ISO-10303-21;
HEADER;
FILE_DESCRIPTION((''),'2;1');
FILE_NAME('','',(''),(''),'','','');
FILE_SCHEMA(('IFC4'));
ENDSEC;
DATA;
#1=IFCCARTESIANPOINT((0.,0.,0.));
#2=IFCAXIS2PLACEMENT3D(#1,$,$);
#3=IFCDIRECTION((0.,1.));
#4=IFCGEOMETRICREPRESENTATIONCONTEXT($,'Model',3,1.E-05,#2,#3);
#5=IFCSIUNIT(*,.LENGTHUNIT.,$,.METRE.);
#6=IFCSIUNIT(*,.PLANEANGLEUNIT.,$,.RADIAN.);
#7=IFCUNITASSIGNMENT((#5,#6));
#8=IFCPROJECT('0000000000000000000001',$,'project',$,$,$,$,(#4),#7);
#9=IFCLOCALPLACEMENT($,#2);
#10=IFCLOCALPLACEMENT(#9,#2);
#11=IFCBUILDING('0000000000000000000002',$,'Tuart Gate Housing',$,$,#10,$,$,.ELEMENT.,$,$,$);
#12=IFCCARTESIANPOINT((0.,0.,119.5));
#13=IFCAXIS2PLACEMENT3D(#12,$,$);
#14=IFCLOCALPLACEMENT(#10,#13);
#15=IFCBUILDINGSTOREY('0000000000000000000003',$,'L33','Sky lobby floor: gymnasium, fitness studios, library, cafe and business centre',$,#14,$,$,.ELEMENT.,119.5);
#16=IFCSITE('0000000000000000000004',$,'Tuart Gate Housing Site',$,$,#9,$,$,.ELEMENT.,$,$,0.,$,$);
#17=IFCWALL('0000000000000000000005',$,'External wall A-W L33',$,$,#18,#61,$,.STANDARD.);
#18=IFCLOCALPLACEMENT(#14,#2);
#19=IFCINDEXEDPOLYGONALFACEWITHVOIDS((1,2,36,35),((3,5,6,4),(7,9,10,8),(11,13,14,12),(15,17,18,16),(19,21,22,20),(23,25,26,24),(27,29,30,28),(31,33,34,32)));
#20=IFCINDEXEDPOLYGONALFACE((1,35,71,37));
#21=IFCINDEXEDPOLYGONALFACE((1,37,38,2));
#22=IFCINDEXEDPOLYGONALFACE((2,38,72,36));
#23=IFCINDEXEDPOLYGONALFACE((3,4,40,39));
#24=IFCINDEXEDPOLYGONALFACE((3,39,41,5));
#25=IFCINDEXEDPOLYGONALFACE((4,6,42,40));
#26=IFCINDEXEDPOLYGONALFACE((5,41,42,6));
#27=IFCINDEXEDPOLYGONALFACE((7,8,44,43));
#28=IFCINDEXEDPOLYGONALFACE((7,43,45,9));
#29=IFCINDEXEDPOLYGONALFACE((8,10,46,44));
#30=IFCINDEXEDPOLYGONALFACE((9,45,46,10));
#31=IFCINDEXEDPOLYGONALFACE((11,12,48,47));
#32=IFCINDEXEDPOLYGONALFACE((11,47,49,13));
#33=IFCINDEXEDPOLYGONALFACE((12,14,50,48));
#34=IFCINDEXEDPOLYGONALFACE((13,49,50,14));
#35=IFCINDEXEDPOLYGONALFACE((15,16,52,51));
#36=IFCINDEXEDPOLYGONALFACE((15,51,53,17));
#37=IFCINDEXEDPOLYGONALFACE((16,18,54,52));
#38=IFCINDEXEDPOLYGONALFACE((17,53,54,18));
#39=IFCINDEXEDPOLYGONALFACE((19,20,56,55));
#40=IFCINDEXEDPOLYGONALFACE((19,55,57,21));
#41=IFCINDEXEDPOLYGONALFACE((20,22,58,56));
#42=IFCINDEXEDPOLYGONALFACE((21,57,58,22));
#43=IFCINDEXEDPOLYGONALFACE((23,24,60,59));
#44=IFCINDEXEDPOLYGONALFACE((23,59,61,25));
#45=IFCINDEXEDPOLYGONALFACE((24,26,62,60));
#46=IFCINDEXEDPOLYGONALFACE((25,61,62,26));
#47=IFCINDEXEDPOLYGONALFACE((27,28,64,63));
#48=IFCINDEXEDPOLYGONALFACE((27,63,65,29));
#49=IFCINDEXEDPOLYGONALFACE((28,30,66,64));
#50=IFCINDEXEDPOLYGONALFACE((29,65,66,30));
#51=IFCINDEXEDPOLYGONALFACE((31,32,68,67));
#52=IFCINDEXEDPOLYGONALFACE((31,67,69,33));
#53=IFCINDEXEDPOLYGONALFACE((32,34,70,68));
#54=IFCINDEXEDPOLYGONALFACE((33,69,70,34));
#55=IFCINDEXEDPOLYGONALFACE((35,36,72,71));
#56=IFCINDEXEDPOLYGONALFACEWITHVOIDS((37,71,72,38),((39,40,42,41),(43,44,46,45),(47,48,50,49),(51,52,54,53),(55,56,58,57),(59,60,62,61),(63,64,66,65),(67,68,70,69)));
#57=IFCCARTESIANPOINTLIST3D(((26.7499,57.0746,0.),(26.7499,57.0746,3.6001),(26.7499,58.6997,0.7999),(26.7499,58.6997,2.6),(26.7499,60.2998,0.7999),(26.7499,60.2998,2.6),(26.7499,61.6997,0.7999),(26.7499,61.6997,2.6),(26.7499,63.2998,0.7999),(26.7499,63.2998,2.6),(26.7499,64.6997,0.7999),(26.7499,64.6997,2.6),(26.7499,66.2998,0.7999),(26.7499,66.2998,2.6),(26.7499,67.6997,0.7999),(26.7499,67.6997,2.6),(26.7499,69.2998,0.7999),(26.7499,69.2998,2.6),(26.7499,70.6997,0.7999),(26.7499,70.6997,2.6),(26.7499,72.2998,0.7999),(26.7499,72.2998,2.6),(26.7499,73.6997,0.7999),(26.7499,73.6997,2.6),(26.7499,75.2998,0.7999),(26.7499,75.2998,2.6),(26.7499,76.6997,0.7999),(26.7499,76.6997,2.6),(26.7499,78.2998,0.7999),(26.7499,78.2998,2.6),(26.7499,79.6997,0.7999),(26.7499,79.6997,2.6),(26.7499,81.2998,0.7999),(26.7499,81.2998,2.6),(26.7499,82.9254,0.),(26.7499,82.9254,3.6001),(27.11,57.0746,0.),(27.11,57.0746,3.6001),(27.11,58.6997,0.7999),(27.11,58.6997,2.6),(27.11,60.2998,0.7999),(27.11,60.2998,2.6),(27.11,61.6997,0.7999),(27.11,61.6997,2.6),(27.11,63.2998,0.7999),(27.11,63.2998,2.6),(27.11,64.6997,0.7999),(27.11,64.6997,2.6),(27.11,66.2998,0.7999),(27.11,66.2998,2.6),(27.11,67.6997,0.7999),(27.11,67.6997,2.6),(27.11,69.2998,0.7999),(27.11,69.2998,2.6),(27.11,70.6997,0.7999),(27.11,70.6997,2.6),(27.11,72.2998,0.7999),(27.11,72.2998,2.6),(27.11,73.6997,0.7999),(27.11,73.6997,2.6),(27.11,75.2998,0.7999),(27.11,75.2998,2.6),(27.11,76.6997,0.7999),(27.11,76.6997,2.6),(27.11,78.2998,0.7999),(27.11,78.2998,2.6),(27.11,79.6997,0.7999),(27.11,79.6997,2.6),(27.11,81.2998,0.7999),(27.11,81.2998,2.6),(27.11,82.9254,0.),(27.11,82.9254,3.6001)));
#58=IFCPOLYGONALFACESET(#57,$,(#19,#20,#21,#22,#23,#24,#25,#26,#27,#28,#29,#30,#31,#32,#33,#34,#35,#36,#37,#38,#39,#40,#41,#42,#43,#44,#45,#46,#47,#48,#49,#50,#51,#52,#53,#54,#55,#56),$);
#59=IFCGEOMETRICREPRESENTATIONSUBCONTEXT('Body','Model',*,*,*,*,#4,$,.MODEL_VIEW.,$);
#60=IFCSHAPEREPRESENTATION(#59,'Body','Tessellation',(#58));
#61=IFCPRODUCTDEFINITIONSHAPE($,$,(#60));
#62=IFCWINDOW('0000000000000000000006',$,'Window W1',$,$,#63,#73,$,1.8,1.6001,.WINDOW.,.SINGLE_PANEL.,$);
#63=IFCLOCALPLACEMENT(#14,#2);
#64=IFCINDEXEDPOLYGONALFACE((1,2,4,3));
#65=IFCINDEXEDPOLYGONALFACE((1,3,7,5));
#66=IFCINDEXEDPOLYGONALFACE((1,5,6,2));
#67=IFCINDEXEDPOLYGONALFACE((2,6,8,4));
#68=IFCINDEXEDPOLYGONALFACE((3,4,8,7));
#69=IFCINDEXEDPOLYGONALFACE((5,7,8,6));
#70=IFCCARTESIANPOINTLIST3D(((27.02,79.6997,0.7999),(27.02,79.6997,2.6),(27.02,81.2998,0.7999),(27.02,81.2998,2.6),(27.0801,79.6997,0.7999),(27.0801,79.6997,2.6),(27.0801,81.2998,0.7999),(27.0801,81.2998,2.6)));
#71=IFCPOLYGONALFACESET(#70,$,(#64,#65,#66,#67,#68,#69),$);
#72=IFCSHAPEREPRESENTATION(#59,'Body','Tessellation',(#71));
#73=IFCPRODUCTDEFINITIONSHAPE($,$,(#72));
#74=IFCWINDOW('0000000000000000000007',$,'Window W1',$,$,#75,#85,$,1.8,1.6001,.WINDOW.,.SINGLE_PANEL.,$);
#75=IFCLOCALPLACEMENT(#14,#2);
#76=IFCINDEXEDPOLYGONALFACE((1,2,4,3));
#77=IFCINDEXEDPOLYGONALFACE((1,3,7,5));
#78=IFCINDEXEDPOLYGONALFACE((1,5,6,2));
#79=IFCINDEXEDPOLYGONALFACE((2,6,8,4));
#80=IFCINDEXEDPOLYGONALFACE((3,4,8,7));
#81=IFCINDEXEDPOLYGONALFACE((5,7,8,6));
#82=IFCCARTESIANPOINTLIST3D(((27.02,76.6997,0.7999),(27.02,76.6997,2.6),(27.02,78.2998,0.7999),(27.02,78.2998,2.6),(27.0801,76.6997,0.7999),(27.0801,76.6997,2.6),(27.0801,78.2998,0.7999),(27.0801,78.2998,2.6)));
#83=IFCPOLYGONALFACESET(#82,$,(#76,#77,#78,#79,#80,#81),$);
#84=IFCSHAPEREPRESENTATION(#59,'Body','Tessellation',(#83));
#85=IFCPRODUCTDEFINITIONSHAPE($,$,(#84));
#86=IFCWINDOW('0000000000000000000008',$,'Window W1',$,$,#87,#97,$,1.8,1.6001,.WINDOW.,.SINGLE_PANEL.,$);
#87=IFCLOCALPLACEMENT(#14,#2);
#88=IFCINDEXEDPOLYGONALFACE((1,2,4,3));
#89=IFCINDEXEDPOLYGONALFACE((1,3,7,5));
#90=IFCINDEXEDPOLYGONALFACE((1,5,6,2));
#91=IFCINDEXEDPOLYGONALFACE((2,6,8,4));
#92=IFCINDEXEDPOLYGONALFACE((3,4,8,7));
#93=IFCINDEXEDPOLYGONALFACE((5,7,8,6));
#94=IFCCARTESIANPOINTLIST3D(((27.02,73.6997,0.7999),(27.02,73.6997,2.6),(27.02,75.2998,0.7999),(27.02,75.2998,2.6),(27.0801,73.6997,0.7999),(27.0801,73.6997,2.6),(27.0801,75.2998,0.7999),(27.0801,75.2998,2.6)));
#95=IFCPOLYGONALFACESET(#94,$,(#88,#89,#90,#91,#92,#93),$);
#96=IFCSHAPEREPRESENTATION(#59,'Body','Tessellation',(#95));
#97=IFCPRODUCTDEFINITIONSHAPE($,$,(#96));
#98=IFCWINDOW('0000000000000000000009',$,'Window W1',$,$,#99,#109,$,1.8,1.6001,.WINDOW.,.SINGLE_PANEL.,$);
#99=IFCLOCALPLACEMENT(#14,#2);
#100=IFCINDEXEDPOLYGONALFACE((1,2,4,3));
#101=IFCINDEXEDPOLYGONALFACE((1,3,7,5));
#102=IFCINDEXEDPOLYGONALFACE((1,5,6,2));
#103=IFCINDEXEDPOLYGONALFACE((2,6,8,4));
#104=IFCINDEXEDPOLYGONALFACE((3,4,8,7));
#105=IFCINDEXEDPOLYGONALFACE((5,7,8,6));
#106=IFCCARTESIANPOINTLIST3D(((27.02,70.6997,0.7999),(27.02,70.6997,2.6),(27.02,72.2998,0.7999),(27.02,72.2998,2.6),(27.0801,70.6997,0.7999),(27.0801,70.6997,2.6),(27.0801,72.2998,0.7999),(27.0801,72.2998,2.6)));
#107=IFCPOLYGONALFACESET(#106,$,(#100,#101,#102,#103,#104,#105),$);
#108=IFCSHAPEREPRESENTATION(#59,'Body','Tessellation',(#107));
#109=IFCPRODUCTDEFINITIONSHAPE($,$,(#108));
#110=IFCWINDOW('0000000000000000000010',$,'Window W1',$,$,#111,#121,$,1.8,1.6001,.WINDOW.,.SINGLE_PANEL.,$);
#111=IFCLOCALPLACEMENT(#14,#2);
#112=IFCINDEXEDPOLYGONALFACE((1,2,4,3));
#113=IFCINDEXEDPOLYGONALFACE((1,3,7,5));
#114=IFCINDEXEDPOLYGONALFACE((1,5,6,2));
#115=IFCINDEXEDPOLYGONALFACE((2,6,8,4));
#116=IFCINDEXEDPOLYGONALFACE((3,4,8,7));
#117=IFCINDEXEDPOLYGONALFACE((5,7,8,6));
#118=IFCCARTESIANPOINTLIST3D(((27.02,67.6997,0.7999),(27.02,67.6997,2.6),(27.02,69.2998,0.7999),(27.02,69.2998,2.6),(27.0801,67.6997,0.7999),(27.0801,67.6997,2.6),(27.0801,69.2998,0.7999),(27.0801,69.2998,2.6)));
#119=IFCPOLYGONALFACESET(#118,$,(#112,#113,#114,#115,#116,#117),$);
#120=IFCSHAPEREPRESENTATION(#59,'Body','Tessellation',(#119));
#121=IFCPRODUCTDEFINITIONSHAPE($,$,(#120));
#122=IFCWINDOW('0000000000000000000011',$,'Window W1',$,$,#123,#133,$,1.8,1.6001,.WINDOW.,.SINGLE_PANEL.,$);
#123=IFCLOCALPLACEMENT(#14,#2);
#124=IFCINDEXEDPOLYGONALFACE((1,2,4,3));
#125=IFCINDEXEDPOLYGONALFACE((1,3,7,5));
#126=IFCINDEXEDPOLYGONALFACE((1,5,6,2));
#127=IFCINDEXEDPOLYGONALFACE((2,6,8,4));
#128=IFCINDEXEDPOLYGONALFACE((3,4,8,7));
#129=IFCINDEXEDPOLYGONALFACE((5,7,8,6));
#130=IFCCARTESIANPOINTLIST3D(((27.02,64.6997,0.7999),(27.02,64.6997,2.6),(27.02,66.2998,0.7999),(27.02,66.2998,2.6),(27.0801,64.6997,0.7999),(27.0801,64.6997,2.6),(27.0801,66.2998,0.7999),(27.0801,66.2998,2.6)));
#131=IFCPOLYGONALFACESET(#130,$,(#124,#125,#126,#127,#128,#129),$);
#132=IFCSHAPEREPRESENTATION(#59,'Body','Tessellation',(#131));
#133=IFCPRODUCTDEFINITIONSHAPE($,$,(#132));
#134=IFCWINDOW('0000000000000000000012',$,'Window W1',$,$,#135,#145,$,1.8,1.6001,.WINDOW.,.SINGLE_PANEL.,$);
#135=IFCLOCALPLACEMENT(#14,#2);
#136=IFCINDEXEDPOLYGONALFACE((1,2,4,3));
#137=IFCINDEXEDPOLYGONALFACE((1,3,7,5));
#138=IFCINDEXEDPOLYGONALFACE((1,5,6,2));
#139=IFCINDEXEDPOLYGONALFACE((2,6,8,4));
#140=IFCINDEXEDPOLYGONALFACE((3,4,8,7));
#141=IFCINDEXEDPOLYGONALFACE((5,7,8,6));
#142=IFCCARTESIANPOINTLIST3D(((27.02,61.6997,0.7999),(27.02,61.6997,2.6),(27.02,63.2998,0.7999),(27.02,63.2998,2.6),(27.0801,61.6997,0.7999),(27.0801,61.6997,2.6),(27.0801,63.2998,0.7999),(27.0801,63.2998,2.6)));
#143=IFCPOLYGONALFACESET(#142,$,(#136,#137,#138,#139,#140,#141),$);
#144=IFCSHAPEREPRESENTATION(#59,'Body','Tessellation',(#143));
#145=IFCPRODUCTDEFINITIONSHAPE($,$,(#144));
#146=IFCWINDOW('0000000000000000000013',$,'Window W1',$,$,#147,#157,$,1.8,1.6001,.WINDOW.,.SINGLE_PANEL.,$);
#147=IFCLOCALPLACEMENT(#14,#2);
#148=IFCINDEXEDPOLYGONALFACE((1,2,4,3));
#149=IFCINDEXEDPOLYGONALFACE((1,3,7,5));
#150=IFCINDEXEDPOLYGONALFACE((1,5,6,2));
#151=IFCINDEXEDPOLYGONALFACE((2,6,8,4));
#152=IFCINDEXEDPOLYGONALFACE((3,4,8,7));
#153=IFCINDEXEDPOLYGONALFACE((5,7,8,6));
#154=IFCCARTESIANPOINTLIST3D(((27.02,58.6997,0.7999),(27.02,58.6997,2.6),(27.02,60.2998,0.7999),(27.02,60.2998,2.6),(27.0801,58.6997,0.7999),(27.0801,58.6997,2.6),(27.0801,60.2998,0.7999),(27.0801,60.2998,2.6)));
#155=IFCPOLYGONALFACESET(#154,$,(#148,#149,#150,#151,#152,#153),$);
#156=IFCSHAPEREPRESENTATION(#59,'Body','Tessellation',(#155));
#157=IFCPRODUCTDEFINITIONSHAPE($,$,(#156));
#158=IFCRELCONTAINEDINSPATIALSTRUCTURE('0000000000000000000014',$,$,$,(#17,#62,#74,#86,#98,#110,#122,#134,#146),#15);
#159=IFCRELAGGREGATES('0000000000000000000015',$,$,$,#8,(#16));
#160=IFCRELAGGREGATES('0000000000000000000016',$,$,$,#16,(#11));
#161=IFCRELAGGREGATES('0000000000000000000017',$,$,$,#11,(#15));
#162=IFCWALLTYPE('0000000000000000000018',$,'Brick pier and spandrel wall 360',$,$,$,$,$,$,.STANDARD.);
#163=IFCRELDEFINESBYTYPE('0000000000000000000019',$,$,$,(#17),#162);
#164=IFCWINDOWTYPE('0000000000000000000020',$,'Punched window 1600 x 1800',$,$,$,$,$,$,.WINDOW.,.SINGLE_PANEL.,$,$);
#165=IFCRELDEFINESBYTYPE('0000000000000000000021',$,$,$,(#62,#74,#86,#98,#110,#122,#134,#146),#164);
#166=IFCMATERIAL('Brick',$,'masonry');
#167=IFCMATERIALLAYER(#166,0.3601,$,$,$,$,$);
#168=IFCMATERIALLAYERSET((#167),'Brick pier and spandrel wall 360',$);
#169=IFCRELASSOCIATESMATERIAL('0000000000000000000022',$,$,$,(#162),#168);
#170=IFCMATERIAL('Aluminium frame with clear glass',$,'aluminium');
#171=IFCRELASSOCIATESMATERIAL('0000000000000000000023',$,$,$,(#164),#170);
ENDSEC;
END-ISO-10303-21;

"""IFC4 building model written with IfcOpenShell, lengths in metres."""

from ifc_helpers import new_model, si_unit, direction, frame, frame_2d, origin, place, context, subcontext, project, spatial, rectangle, extrude, material, layer, layer_set, type_object, element, fill, save


model = new_model("IFC4")

# Units and contexts
model_context = context("Model", 3, precision=1e-05, world=origin(), true_north=direction((0.0, 1.0)))
body_context = subcontext(model_context, "Body", "Model", "MODEL_VIEW")
ifc_project = project(units=[si_unit("LENGTHUNIT", "METRE"), si_unit("PLANEANGLEUNIT", "RADIAN")], contexts=[model_context])

# Site, building, storey
site_placement = place(None, origin())
site = spatial("IfcSite", under=ifc_project, at=site_placement, Name="Tuart Gate Housing Site", CompositionType="ELEMENT", RefElevation=0.0)
building_placement = place(site_placement, origin())
building = spatial("IfcBuilding", under=site, at=building_placement, Name="Tuart Gate Housing", CompositionType="ELEMENT")
storey_placement = place(building_placement, frame((0.0, 0.0, 119.5)))
storey = spatial("IfcBuildingStorey", under=building, at=storey_placement, Name="L33", Description="Sky lobby floor: gymnasium, fitness studios, library, cafe and business centre", CompositionType="ELEMENT", Elevation=119.5)

# Shared definitions
ifc_material_1 = material(Name="Brick", Category="masonry")
ifc_layer_1 = layer(ifc_material_1, 0.3601)
ifc_layer_set_1 = layer_set([ifc_layer_1], Name="Brick pier and spandrel wall 360")
wall_type = type_object("IfcWallType", Name="Brick pier and spandrel wall 360", PredefinedType="STANDARD", material=ifc_layer_set_1)

# Wall, openings, windows
wall_1_placement = place(storey_placement, frame((26.9299, 82.9253, 0.0), z_axis=(0.0, 0.0, 1.0), x_axis=(0.0, -1.0, 0.0)))
wall_1 = element("IfcWall", 1, at=wall_1_placement, inside=storey, type_object=wall_type, Name="External wall A-W L33", PredefinedType="STANDARD", context=body_context, shape_type="SweptSolid", body=[
    extrude(rectangle(XDim=25.8508, YDim=0.3601, at=frame_2d((12.9253, 0.0))), origin(), (0.0, 0.0, 1.0), 3.6001),
])
opening_1_placement = place(wall_1_placement, frame((1.6255, 0.0, 0.8)))
opening_1 = element("IfcOpeningElement", 2, at=opening_1_placement, cuts=wall_1, PredefinedType="OPENING", context=body_context, shape_type="SweptSolid", body=[
    extrude(rectangle(XDim=1.6001, YDim=1.8, at=frame_2d((0.8, 0.8999))), frame((0.0, 0.1899, 0.0), z_axis=(0.0, -1.0, 0.0), x_axis=(1.0, 0.0, 0.0)), (0.0, 0.0, 1.0), 0.3801),
])
opening_2_placement = place(wall_1_placement, frame((4.6255, 0.0, 0.8)))
opening_2 = element("IfcOpeningElement", 3, at=opening_2_placement, cuts=wall_1, PredefinedType="OPENING", context=body_context, shape_type="SweptSolid", body=[
    extrude(rectangle(XDim=1.6001, YDim=1.8, at=frame_2d((0.8, 0.8999))), frame((0.0, 0.1899, 0.0), z_axis=(0.0, -1.0, 0.0), x_axis=(1.0, 0.0, 0.0)), (0.0, 0.0, 1.0), 0.3801),
])
opening_3_placement = place(wall_1_placement, frame((7.6255, 0.0, 0.8)))
opening_3 = element("IfcOpeningElement", 4, at=opening_3_placement, cuts=wall_1, PredefinedType="OPENING", context=body_context, shape_type="SweptSolid", body=[
    extrude(rectangle(XDim=1.6001, YDim=1.8, at=frame_2d((0.8, 0.8999))), frame((0.0, 0.1899, 0.0), z_axis=(0.0, -1.0, 0.0), x_axis=(1.0, 0.0, 0.0)), (0.0, 0.0, 1.0), 0.3801),
])
opening_4_placement = place(wall_1_placement, frame((10.6255, 0.0, 0.8)))
opening_4 = element("IfcOpeningElement", 5, at=opening_4_placement, cuts=wall_1, PredefinedType="OPENING", context=body_context, shape_type="SweptSolid", body=[
    extrude(rectangle(XDim=1.6001, YDim=1.8, at=frame_2d((0.8, 0.8999))), frame((0.0, 0.1899, 0.0), z_axis=(0.0, -1.0, 0.0), x_axis=(1.0, 0.0, 0.0)), (0.0, 0.0, 1.0), 0.3801),
])
opening_5_placement = place(wall_1_placement, frame((13.6255, 0.0, 0.8)))
opening_5 = element("IfcOpeningElement", 6, at=opening_5_placement, cuts=wall_1, PredefinedType="OPENING", context=body_context, shape_type="SweptSolid", body=[
    extrude(rectangle(XDim=1.6001, YDim=1.8, at=frame_2d((0.8, 0.8999))), frame((0.0, 0.1899, 0.0), z_axis=(0.0, -1.0, 0.0), x_axis=(1.0, 0.0, 0.0)), (0.0, 0.0, 1.0), 0.3801),
])
opening_6_placement = place(wall_1_placement, frame((16.6255, 0.0, 0.8)))
opening_6 = element("IfcOpeningElement", 7, at=opening_6_placement, cuts=wall_1, PredefinedType="OPENING", context=body_context, shape_type="SweptSolid", body=[
    extrude(rectangle(XDim=1.6001, YDim=1.8, at=frame_2d((0.8, 0.8999))), frame((0.0, 0.1899, 0.0), z_axis=(0.0, -1.0, 0.0), x_axis=(1.0, 0.0, 0.0)), (0.0, 0.0, 1.0), 0.3801),
])
opening_7_placement = place(wall_1_placement, frame((19.6255, 0.0, 0.8)))
opening_7 = element("IfcOpeningElement", 8, at=opening_7_placement, cuts=wall_1, PredefinedType="OPENING", context=body_context, shape_type="SweptSolid", body=[
    extrude(rectangle(XDim=1.6001, YDim=1.8, at=frame_2d((0.8, 0.8999))), frame((0.0, 0.1899, 0.0), z_axis=(0.0, -1.0, 0.0), x_axis=(1.0, 0.0, 0.0)), (0.0, 0.0, 1.0), 0.3801),
])
opening_8_placement = place(wall_1_placement, frame((22.6255, 0.0, 0.8)))
opening_8 = element("IfcOpeningElement", 9, at=opening_8_placement, cuts=wall_1, PredefinedType="OPENING", context=body_context, shape_type="SweptSolid", body=[
    extrude(rectangle(XDim=1.6001, YDim=1.8, at=frame_2d((0.8, 0.8999))), frame((0.0, 0.1899, 0.0), z_axis=(0.0, -1.0, 0.0), x_axis=(1.0, 0.0, 0.0)), (0.0, 0.0, 1.0), 0.3801),
])
ifc_material_2 = material(Name="Aluminium frame with clear glass", Category="aluminium")
window_type = type_object("IfcWindowType", Name="Punched window 1600 x 1800", PartitioningType="SINGLE_PANEL", PredefinedType="WINDOW", material=ifc_material_2)
window_1_placement = place(opening_1_placement, origin())
window_1 = element("IfcWindow", 10, at=window_1_placement, inside=storey, type_object=window_type, Name="Window W1", OverallHeight=1.8, OverallWidth=1.6001, PartitioningType="SINGLE_PANEL", PredefinedType="WINDOW", context=body_context, shape_type="SweptSolid", body=[
    extrude(rectangle(XDim=1.6001, YDim=1.8, at=frame_2d((0.8, 0.8999))), frame((0.0, 0.1501, 0.0), z_axis=(0.0, -1.0, 0.0), x_axis=(1.0, 0.0, 0.0)), (0.0, 0.0, 1.0), 0.0601),
])
fill(opening_1, window_1)
window_2_placement = place(opening_2_placement, origin())
window_2 = element("IfcWindow", 11, at=window_2_placement, inside=storey, type_object=window_type, Name="Window W1", OverallHeight=1.8, OverallWidth=1.6001, PartitioningType="SINGLE_PANEL", PredefinedType="WINDOW", context=body_context, shape_type="SweptSolid", body=[
    extrude(rectangle(XDim=1.6001, YDim=1.8, at=frame_2d((0.8, 0.8999))), frame((0.0, 0.1501, 0.0), z_axis=(0.0, -1.0, 0.0), x_axis=(1.0, 0.0, 0.0)), (0.0, 0.0, 1.0), 0.0601),
])
fill(opening_2, window_2)
window_3_placement = place(opening_3_placement, origin())
window_3 = element("IfcWindow", 12, at=window_3_placement, inside=storey, type_object=window_type, Name="Window W1", OverallHeight=1.8, OverallWidth=1.6001, PartitioningType="SINGLE_PANEL", PredefinedType="WINDOW", context=body_context, shape_type="SweptSolid", body=[
    extrude(rectangle(XDim=1.6001, YDim=1.8, at=frame_2d((0.8, 0.8999))), frame((0.0, 0.1501, 0.0), z_axis=(0.0, -1.0, 0.0), x_axis=(1.0, 0.0, 0.0)), (0.0, 0.0, 1.0), 0.0601),
])
fill(opening_3, window_3)
window_4_placement = place(opening_4_placement, origin())
window_4 = element("IfcWindow", 13, at=window_4_placement, inside=storey, type_object=window_type, Name="Window W1", OverallHeight=1.8, OverallWidth=1.6001, PartitioningType="SINGLE_PANEL", PredefinedType="WINDOW", context=body_context, shape_type="SweptSolid", body=[
    extrude(rectangle(XDim=1.6001, YDim=1.8, at=frame_2d((0.8, 0.8999))), frame((0.0, 0.1501, 0.0), z_axis=(0.0, -1.0, 0.0), x_axis=(1.0, 0.0, 0.0)), (0.0, 0.0, 1.0), 0.0601),
])
fill(opening_4, window_4)
window_5_placement = place(opening_5_placement, origin())
window_5 = element("IfcWindow", 14, at=window_5_placement, inside=storey, type_object=window_type, Name="Window W1", OverallHeight=1.8, OverallWidth=1.6001, PartitioningType="SINGLE_PANEL", PredefinedType="WINDOW", context=body_context, shape_type="SweptSolid", body=[
    extrude(rectangle(XDim=1.6001, YDim=1.8, at=frame_2d((0.8, 0.8999))), frame((0.0, 0.1501, 0.0), z_axis=(0.0, -1.0, 0.0), x_axis=(1.0, 0.0, 0.0)), (0.0, 0.0, 1.0), 0.0601),
])
fill(opening_5, window_5)
window_6_placement = place(opening_6_placement, origin())
window_6 = element("IfcWindow", 15, at=window_6_placement, inside=storey, type_object=window_type, Name="Window W1", OverallHeight=1.8, OverallWidth=1.6001, PartitioningType="SINGLE_PANEL", PredefinedType="WINDOW", context=body_context, shape_type="SweptSolid", body=[
    extrude(rectangle(XDim=1.6001, YDim=1.8, at=frame_2d((0.8, 0.8999))), frame((0.0, 0.1501, 0.0), z_axis=(0.0, -1.0, 0.0), x_axis=(1.0, 0.0, 0.0)), (0.0, 0.0, 1.0), 0.0601),
])
fill(opening_6, window_6)
window_7_placement = place(opening_7_placement, origin())
window_7 = element("IfcWindow", 16, at=window_7_placement, inside=storey, type_object=window_type, Name="Window W1", OverallHeight=1.8, OverallWidth=1.6001, PartitioningType="SINGLE_PANEL", PredefinedType="WINDOW", context=body_context, shape_type="SweptSolid", body=[
    extrude(rectangle(XDim=1.6001, YDim=1.8, at=frame_2d((0.8, 0.8999))), frame((0.0, 0.1501, 0.0), z_axis=(0.0, -1.0, 0.0), x_axis=(1.0, 0.0, 0.0)), (0.0, 0.0, 1.0), 0.0601),
])
fill(opening_7, window_7)
window_8_placement = place(opening_8_placement, origin())
window_8 = element("IfcWindow", 17, at=window_8_placement, inside=storey, type_object=window_type, Name="Window W1", OverallHeight=1.8, OverallWidth=1.6001, PartitioningType="SINGLE_PANEL", PredefinedType="WINDOW", context=body_context, shape_type="SweptSolid", body=[
    extrude(rectangle(XDim=1.6001, YDim=1.8, at=frame_2d((0.8, 0.8999))), frame((0.0, 0.1501, 0.0), z_axis=(0.0, -1.0, 0.0), x_axis=(1.0, 0.0, 0.0)), (0.0, 0.0, 1.0), 0.0601),
])
fill(opening_8, window_8)

save(model, "model.ifc")
